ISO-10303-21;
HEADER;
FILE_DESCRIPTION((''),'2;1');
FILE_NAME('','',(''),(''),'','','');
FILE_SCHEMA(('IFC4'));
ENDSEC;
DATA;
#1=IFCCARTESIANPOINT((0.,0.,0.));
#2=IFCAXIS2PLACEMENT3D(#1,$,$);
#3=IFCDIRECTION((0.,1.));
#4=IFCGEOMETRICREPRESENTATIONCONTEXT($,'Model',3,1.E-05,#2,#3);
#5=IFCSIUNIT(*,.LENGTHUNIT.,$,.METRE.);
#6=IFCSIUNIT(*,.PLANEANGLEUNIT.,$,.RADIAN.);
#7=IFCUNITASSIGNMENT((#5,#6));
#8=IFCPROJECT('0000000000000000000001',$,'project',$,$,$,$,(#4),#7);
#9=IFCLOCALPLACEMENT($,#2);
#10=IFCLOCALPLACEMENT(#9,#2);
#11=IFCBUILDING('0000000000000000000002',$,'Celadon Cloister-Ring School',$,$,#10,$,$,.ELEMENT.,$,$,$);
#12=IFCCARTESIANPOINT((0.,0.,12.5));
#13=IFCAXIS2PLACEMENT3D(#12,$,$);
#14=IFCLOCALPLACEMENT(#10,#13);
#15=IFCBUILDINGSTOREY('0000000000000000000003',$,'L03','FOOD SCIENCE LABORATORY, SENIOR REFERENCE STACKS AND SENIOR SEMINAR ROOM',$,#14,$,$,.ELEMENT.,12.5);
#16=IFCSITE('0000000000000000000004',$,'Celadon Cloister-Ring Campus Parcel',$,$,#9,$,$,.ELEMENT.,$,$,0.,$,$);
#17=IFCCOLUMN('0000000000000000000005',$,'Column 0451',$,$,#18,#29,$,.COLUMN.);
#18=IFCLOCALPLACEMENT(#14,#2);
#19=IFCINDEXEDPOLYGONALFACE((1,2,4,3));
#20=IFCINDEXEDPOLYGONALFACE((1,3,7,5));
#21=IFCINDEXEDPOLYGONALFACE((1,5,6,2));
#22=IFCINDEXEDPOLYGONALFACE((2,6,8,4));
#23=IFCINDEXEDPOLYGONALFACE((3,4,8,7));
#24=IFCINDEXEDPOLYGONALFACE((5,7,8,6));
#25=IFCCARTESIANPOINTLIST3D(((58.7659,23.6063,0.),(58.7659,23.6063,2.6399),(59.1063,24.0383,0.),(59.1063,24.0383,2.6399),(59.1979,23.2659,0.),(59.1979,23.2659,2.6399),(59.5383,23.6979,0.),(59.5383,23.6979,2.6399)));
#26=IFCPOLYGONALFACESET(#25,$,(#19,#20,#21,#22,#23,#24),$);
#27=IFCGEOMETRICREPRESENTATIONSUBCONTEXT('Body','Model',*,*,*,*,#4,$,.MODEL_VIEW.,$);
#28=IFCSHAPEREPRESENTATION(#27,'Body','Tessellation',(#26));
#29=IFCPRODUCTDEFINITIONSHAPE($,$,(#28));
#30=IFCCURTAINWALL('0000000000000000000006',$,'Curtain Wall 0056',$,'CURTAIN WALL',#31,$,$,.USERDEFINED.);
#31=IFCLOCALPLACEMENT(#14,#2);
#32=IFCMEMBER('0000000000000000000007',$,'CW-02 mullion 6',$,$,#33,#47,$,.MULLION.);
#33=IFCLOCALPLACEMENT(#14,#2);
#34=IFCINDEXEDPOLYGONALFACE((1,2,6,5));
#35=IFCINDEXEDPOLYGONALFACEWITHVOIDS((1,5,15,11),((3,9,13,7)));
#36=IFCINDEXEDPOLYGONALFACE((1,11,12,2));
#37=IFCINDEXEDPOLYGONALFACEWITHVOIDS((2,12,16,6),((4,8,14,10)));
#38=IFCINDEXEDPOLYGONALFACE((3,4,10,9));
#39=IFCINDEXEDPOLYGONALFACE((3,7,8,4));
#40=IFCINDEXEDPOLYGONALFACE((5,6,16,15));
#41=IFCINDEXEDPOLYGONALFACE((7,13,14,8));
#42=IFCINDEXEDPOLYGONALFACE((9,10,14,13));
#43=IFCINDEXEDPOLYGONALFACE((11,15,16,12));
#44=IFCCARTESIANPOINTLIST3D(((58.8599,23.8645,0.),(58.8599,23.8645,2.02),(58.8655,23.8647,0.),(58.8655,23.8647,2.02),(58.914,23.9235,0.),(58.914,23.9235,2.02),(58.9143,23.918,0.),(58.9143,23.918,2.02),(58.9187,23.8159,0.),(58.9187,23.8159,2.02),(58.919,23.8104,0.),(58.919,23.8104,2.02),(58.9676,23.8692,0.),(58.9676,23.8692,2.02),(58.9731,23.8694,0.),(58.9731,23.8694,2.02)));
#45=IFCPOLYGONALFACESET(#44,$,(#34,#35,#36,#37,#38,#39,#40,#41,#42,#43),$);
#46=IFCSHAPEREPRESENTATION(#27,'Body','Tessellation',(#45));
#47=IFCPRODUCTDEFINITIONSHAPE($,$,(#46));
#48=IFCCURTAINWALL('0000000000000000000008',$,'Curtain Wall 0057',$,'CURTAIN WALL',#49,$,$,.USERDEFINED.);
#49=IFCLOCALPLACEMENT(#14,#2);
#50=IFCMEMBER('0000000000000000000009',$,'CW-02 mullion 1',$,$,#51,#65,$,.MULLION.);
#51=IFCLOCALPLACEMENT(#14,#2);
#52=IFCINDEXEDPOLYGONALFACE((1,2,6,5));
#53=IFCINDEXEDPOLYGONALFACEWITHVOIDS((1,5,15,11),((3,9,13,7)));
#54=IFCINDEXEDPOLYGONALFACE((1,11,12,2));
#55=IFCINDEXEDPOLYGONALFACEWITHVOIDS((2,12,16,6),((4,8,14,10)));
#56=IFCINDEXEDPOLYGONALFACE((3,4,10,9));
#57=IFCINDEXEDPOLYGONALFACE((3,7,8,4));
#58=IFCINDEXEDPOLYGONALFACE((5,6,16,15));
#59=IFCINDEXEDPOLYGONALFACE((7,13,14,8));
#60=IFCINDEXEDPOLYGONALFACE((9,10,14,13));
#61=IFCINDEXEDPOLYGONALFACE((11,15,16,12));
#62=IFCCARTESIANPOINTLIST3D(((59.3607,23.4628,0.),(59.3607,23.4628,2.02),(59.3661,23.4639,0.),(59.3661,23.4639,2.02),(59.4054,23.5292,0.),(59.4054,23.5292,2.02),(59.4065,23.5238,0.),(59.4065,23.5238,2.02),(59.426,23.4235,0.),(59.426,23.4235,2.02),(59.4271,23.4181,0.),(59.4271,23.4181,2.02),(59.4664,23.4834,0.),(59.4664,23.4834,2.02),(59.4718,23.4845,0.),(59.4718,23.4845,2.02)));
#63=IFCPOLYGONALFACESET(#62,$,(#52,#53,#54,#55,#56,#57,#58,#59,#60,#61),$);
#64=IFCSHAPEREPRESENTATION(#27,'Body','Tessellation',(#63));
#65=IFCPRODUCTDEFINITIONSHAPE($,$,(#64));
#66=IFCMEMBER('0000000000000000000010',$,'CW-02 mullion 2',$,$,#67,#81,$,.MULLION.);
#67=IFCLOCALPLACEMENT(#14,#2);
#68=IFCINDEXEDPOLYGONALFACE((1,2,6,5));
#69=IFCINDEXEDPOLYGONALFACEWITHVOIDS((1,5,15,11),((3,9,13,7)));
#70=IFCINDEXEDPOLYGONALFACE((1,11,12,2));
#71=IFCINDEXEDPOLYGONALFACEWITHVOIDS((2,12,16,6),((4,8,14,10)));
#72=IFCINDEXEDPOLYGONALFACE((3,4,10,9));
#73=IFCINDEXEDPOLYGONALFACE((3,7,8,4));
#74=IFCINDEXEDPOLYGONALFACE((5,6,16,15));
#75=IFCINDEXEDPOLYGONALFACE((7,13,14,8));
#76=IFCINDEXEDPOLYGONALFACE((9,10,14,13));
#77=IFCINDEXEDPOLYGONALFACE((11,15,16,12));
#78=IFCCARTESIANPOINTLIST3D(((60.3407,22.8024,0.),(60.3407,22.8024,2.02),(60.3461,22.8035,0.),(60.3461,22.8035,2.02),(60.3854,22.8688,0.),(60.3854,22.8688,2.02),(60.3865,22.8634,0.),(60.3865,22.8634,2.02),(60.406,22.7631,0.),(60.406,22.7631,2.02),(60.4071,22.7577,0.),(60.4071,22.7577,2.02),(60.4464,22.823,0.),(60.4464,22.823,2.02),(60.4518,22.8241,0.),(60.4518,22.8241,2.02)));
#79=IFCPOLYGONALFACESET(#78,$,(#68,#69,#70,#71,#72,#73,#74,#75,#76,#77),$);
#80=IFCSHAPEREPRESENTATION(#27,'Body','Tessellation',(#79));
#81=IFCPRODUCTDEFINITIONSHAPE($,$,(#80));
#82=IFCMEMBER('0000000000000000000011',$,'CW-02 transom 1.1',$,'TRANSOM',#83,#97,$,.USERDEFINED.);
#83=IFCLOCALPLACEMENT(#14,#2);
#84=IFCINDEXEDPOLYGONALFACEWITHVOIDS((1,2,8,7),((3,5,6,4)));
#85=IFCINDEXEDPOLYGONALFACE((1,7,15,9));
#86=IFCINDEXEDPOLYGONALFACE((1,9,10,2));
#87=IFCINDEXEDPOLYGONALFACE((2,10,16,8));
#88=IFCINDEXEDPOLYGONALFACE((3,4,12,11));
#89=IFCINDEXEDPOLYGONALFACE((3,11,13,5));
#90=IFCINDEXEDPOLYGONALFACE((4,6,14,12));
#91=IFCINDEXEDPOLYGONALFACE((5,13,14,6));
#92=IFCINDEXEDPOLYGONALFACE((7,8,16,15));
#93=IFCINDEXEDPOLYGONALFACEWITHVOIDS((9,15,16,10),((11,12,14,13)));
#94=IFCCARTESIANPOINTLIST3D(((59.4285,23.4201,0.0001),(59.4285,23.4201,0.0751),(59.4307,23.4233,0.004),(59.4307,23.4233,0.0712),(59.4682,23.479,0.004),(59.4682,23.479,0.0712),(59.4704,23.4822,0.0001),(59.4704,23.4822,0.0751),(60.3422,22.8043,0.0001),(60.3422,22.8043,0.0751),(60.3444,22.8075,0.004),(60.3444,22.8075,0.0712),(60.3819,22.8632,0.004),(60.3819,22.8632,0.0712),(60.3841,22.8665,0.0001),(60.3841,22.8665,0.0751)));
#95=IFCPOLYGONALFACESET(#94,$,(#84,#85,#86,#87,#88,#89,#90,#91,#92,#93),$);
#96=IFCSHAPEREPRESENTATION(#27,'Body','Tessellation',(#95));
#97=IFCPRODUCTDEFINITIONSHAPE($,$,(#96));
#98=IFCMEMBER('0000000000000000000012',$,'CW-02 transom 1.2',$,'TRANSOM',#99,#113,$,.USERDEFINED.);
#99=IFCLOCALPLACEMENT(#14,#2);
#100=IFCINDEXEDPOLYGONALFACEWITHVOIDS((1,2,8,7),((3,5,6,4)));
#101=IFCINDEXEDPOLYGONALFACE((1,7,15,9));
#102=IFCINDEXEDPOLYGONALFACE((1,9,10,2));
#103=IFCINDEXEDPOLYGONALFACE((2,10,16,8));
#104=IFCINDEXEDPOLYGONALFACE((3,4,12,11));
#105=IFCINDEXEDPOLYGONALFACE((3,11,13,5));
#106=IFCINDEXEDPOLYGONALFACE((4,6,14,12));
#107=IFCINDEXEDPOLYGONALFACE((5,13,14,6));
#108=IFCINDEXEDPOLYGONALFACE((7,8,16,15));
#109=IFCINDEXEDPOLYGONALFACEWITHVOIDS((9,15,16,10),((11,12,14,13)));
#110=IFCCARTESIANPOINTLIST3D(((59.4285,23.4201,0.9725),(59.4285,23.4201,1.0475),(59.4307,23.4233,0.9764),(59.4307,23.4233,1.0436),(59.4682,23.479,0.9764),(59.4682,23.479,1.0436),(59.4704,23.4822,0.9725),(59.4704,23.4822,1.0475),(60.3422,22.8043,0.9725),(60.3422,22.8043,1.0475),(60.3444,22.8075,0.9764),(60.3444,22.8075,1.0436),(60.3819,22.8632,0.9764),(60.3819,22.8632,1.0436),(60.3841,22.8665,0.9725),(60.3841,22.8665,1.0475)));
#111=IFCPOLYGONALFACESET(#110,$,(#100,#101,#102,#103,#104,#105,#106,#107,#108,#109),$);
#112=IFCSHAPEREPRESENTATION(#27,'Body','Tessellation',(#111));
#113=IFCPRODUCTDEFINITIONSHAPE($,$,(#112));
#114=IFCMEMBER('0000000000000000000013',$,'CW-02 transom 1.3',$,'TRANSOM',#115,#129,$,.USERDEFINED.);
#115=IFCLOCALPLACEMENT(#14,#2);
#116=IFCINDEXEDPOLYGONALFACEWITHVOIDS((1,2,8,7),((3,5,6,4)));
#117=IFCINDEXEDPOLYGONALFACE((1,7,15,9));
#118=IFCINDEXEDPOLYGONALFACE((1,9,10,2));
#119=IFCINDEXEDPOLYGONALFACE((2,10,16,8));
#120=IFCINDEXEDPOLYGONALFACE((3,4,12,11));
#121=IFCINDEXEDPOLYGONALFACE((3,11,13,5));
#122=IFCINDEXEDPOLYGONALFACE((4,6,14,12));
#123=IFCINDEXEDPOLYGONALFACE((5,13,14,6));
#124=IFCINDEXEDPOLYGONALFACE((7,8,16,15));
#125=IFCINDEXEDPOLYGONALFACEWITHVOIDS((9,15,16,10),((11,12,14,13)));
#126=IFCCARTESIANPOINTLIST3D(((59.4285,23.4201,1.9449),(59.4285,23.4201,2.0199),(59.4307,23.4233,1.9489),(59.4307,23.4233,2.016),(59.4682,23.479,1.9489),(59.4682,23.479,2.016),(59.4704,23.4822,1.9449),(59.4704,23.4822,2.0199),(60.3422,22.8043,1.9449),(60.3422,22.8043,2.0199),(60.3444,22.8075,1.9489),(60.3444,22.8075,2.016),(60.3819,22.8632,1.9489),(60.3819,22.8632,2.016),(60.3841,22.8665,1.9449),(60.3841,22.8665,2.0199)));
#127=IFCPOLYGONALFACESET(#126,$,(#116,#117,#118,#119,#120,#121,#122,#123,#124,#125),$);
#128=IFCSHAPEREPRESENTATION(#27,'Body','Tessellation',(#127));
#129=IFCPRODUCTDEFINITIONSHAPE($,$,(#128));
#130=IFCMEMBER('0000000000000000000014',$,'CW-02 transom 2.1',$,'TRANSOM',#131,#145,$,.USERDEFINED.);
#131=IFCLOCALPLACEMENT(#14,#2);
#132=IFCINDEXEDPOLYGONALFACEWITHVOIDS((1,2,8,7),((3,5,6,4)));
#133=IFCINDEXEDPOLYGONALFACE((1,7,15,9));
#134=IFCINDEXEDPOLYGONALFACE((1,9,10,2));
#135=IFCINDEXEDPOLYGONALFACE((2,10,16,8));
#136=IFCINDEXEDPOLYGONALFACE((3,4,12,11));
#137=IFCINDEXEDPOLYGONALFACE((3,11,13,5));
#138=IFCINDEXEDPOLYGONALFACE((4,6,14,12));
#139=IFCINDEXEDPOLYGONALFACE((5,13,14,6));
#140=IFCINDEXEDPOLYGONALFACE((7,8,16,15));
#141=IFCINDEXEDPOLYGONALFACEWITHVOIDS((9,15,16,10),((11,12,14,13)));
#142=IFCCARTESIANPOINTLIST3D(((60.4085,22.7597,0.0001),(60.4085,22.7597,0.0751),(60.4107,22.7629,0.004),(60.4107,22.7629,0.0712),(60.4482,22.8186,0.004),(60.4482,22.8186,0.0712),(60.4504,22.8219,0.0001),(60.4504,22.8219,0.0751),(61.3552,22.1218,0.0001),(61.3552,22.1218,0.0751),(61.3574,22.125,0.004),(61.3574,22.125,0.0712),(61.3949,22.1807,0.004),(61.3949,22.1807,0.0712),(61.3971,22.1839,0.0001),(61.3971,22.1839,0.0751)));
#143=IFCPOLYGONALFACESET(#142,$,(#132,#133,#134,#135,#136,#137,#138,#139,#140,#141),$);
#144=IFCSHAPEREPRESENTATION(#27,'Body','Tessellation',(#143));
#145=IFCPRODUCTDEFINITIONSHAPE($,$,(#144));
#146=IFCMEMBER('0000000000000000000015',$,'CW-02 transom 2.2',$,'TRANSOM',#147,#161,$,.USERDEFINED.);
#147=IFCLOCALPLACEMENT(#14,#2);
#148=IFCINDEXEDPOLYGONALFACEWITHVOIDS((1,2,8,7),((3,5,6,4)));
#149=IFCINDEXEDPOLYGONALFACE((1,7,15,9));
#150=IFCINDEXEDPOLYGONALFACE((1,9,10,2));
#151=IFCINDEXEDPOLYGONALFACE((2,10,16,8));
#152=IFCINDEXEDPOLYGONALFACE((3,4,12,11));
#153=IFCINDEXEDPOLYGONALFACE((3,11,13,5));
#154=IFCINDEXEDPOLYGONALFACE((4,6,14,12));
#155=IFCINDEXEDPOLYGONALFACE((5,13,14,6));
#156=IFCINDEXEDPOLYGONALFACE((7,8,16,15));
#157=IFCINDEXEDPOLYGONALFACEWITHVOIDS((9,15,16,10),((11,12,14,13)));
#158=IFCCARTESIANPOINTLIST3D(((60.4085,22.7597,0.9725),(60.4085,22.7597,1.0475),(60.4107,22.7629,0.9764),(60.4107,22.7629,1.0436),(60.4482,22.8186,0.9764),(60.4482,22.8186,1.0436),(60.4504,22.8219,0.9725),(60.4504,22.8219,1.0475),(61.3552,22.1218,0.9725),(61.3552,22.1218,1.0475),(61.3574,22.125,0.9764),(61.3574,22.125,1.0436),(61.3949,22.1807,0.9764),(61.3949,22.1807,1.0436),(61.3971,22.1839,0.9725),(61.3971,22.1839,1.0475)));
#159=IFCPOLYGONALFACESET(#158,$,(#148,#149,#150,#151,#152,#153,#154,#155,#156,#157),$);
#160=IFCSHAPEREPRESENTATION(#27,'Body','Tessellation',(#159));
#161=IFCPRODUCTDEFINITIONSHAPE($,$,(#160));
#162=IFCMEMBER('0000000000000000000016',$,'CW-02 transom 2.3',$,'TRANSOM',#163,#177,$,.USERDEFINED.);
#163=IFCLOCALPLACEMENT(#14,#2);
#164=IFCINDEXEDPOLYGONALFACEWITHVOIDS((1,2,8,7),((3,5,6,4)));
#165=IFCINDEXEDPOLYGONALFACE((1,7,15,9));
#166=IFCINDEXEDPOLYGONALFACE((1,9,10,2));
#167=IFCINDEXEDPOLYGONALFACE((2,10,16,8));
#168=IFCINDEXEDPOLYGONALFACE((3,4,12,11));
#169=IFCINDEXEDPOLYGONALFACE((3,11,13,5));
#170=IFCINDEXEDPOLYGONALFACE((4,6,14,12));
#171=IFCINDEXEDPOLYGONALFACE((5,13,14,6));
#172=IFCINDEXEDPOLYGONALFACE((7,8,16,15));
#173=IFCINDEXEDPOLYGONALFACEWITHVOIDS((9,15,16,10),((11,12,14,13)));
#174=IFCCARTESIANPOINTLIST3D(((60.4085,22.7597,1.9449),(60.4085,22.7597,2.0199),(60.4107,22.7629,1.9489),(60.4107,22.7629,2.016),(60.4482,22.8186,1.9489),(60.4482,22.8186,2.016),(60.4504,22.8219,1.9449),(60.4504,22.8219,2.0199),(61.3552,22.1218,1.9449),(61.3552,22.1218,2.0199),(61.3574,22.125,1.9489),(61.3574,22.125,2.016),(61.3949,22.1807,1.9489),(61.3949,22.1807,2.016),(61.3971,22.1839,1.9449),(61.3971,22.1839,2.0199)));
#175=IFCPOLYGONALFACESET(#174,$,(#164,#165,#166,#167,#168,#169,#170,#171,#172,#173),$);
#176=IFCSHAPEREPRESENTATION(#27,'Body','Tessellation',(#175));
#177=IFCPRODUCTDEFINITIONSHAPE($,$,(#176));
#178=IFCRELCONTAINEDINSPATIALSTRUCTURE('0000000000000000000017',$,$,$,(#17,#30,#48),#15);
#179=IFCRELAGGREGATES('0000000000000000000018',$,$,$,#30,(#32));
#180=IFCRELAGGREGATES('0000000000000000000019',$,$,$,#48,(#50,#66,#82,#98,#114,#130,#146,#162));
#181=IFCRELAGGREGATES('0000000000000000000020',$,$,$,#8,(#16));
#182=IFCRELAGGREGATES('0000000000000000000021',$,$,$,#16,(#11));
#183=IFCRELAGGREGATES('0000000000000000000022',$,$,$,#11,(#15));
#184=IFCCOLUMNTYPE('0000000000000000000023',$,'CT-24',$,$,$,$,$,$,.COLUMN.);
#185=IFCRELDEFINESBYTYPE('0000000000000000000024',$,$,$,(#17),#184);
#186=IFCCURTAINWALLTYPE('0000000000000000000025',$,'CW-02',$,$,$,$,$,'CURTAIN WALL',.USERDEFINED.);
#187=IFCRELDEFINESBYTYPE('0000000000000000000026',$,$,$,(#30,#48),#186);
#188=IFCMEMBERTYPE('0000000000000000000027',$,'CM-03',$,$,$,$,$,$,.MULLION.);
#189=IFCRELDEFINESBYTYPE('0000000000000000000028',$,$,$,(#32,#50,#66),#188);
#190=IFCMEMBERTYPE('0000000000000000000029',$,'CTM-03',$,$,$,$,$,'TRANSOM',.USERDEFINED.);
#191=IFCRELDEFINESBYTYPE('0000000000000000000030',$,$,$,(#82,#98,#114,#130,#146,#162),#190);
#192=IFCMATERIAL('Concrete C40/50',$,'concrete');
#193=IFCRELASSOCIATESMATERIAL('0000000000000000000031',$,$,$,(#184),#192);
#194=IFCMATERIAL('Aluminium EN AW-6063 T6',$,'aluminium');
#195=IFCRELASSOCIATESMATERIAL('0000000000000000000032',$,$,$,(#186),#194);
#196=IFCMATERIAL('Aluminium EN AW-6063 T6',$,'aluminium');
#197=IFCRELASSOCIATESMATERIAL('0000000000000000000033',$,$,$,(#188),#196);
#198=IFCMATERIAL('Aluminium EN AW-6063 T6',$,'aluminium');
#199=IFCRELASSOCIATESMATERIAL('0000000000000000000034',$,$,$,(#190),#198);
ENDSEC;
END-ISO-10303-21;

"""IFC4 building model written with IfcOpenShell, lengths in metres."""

from ifc_helpers import new_model, si_unit, direction, frame, origin, origin_2d, place, context, subcontext, project, spatial, rectangle, hollow_rectangle, extrude, material, material_profile, profile_set, type_object, element, aggregate, save


model = new_model("IFC4")

# Units and contexts
model_context = context("Model", 3, precision=1e-05, world=origin(), true_north=direction((0.0, 1.0)))
body_context = subcontext(model_context, "Body", "Model", "MODEL_VIEW")
ifc_project = project(units=[si_unit("LENGTHUNIT", "METRE"), si_unit("PLANEANGLEUNIT", "RADIAN")], contexts=[model_context])

# Site, building, storey
site_placement = place(None, origin())
site = spatial("IfcSite", under=ifc_project, at=site_placement, Name="Celadon Cloister-Ring Campus Parcel", CompositionType="ELEMENT", RefElevation=0.0)
building_placement = place(site_placement, origin())
building = spatial("IfcBuilding", under=site, at=building_placement, Name="Celadon Cloister-Ring School", CompositionType="ELEMENT")
storey_placement = place(building_placement, frame((0.0, 0.0, 12.5)))
storey = spatial("IfcBuildingStorey", under=building, at=storey_placement, Name="L03", Description="FOOD SCIENCE LABORATORY, SENIOR REFERENCE STACKS AND SENIOR SEMINAR ROOM", CompositionType="ELEMENT", Elevation=12.5)

# Column
ifc_material_1 = material(Name="Concrete C40/50", Category="concrete")
ifc_material_profile_1 = material_profile(ifc_material_1, rectangle(XDim=0.55, YDim=0.55, at=origin_2d()), Name="RC550X550")
ifc_profile_set_1 = profile_set([ifc_material_profile_1], Name="Concrete C40/50")
column_type = type_object("IfcColumnType", Name="CT-24", PredefinedType="COLUMN", material=ifc_profile_set_1)
column_placement = place(storey_placement, frame((59.1521, 23.6521, 0.0), z_axis=(0.0, 0.0, 1.0), x_axis=(-0.618847, -0.785511, 0.0)))
element("IfcColumn", 1, at=column_placement, inside=storey, type_object=column_type, Name="Column 0451", PredefinedType="COLUMN", context=body_context, shape_type="SweptSolid", body=[
    extrude(rectangle(XDim=0.55, YDim=0.55, at=origin_2d()), origin(), (0.0, 0.0, 1.0), 2.6399),
])

# Curtain wall, member
ifc_material_2 = material(Name="Aluminium EN AW-6063 T6", Category="aluminium")
curtain_wall_type = type_object("IfcCurtainWallType", Name="CW-02", ElementType="CURTAIN WALL", PredefinedType="USERDEFINED", material=ifc_material_2)
curtain_wall_1_placement = place(storey_placement, origin())
curtain_wall_1 = element("IfcCurtainWall", 2, at=curtain_wall_1_placement, inside=storey, type_object=curtain_wall_type, Name="Curtain Wall 0056", ObjectType="CURTAIN WALL", PredefinedType="USERDEFINED")
ifc_material_3 = material(Name="Aluminium EN AW-6063 T6", Category="aluminium")
ifc_material_profile_2 = material_profile(ifc_material_3, hollow_rectangle(XDim=0.0801, YDim=0.0801, WallThickness=0.0039, at=origin_2d()), Name="RHS80X80X4")
ifc_profile_set_2 = profile_set([ifc_material_profile_2], Name="Aluminium EN AW-6063 T6")
member_type_1 = type_object("IfcMemberType", Name="CM-03", PredefinedType="MULLION", material=ifc_profile_set_2)
member_1_placement = place(storey_placement, frame((58.9165, 23.8669, 0.0), z_axis=(0.0, 0.0, 1.0), x_axis=(0.675406, 0.737446, 0.0)))
member_1 = element("IfcMember", 3, at=member_1_placement, type_object=member_type_1, Name="CW-02 mullion 6", PredefinedType="MULLION", context=body_context, shape_type="SweptSolid", body=[
    extrude(hollow_rectangle(XDim=0.0801, YDim=0.0801, WallThickness=0.0039, at=origin_2d()), origin(), (0.0, 0.0, 1.0), 2.02),
])

# Curtain wall, members
curtain_wall_2_placement = place(storey_placement, origin())
curtain_wall_2 = element("IfcCurtainWall", 4, at=curtain_wall_2_placement, inside=storey, type_object=curtain_wall_type, Name="Curtain Wall 0057", ObjectType="CURTAIN WALL", PredefinedType="USERDEFINED")
member_2_placement = place(storey_placement, frame((59.4163, 23.4736, 0.0), z_axis=(0.0, 0.0, 1.0), x_axis=(0.558849, 0.82927, 0.0)))
member_2 = element("IfcMember", 5, at=member_2_placement, type_object=member_type_1, Name="CW-02 mullion 1", PredefinedType="MULLION", context=body_context, shape_type="SweptSolid", body=[
    extrude(hollow_rectangle(XDim=0.0801, YDim=0.0801, WallThickness=0.0039, at=origin_2d()), origin(), (0.0, 0.0, 1.0), 2.02),
])
member_3_placement = place(storey_placement, frame((60.3962, 22.8132, 0.0), z_axis=(0.0, 0.0, 1.0), x_axis=(0.558849, 0.82927, 0.0)))
member_3 = element("IfcMember", 6, at=member_3_placement, type_object=member_type_1, Name="CW-02 mullion 2", PredefinedType="MULLION", context=body_context, shape_type="SweptSolid", body=[
    extrude(hollow_rectangle(XDim=0.0801, YDim=0.0801, WallThickness=0.0039, at=origin_2d()), origin(), (0.0, 0.0, 1.0), 2.02),
])
ifc_material_4 = material(Name="Aluminium EN AW-6063 T6", Category="aluminium")
ifc_material_profile_3 = material_profile(ifc_material_4, hollow_rectangle(XDim=0.075, YDim=0.075, WallThickness=0.0039, at=origin_2d()), Name="RHS75X75X4")
ifc_profile_set_3 = profile_set([ifc_material_profile_3], Name="Aluminium EN AW-6063 T6")
member_type_2 = type_object("IfcMemberType", Name="CTM-03", ElementType="TRANSOM", PredefinedType="USERDEFINED", material=ifc_profile_set_3)
member_4_placement = place(storey_placement, frame((59.4495, 23.4512, 0.0376), z_axis=(0.829244, -0.558887, 0.0), x_axis=(0.558887, 0.829244, 0.0)))
member_4 = element("IfcMember", 7, at=member_4_placement, type_object=member_type_2, Name="CW-02 transom 1.1", ObjectType="TRANSOM", PredefinedType="USERDEFINED", context=body_context, shape_type="SweptSolid", body=[
    extrude(hollow_rectangle(XDim=0.075, YDim=0.075, WallThickness=0.0039, at=origin_2d()), origin(), (0.0, 0.0, 1.0), 1.1018),
])
member_5_placement = place(storey_placement, frame((59.4495, 23.4512, 1.01), z_axis=(0.829244, -0.558887, 0.0), x_axis=(0.558887, 0.829244, 0.0)))
member_5 = element("IfcMember", 8, at=member_5_placement, type_object=member_type_2, Name="CW-02 transom 1.2", ObjectType="TRANSOM", PredefinedType="USERDEFINED", context=body_context, shape_type="SweptSolid", body=[
    extrude(hollow_rectangle(XDim=0.075, YDim=0.075, WallThickness=0.0039, at=origin_2d()), origin(), (0.0, 0.0, 1.0), 1.1018),
])
member_6_placement = place(storey_placement, frame((59.4495, 23.4512, 1.9824), z_axis=(0.829244, -0.558887, 0.0), x_axis=(0.558887, 0.829244, 0.0)))
member_6 = element("IfcMember", 9, at=member_6_placement, type_object=member_type_2, Name="CW-02 transom 1.3", ObjectType="TRANSOM", PredefinedType="USERDEFINED", context=body_context, shape_type="SweptSolid", body=[
    extrude(hollow_rectangle(XDim=0.075, YDim=0.075, WallThickness=0.0039, at=origin_2d()), origin(), (0.0, 0.0, 1.0), 1.1018),
])
member_7_placement = place(storey_placement, frame((60.4294, 22.7908, 0.0376), z_axis=(0.82931, -0.55879, 0.0), x_axis=(0.55879, 0.82931, 0.0)))
member_7 = element("IfcMember", 10, at=member_7_placement, type_object=member_type_2, Name="CW-02 transom 2.1", ObjectType="TRANSOM", PredefinedType="USERDEFINED", context=body_context, shape_type="SweptSolid", body=[
    extrude(hollow_rectangle(XDim=0.075, YDim=0.075, WallThickness=0.0039, at=origin_2d()), origin(), (0.0, 0.0, 1.0), 1.1416),
])
member_8_placement = place(storey_placement, frame((60.4294, 22.7908, 1.01), z_axis=(0.82931, -0.55879, 0.0), x_axis=(0.55879, 0.82931, 0.0)))
member_8 = element("IfcMember", 11, at=member_8_placement, type_object=member_type_2, Name="CW-02 transom 2.2", ObjectType="TRANSOM", PredefinedType="USERDEFINED", context=body_context, shape_type="SweptSolid", body=[
    extrude(hollow_rectangle(XDim=0.075, YDim=0.075, WallThickness=0.0039, at=origin_2d()), origin(), (0.0, 0.0, 1.0), 1.1416),
])
member_9_placement = place(storey_placement, frame((60.4294, 22.7908, 1.9824), z_axis=(0.82931, -0.55879, 0.0), x_axis=(0.55879, 0.82931, 0.0)))
member_9 = element("IfcMember", 12, at=member_9_placement, type_object=member_type_2, Name="CW-02 transom 2.3", ObjectType="TRANSOM", PredefinedType="USERDEFINED", context=body_context, shape_type="SweptSolid", body=[
    extrude(hollow_rectangle(XDim=0.075, YDim=0.075, WallThickness=0.0039, at=origin_2d()), origin(), (0.0, 0.0, 1.0), 1.1416),
])

aggregate(curtain_wall_1, [member_1])
aggregate(curtain_wall_2, [member_2, member_3, member_4, member_5, member_6, member_7, member_8, member_9])

save(model, "model.ifc")
